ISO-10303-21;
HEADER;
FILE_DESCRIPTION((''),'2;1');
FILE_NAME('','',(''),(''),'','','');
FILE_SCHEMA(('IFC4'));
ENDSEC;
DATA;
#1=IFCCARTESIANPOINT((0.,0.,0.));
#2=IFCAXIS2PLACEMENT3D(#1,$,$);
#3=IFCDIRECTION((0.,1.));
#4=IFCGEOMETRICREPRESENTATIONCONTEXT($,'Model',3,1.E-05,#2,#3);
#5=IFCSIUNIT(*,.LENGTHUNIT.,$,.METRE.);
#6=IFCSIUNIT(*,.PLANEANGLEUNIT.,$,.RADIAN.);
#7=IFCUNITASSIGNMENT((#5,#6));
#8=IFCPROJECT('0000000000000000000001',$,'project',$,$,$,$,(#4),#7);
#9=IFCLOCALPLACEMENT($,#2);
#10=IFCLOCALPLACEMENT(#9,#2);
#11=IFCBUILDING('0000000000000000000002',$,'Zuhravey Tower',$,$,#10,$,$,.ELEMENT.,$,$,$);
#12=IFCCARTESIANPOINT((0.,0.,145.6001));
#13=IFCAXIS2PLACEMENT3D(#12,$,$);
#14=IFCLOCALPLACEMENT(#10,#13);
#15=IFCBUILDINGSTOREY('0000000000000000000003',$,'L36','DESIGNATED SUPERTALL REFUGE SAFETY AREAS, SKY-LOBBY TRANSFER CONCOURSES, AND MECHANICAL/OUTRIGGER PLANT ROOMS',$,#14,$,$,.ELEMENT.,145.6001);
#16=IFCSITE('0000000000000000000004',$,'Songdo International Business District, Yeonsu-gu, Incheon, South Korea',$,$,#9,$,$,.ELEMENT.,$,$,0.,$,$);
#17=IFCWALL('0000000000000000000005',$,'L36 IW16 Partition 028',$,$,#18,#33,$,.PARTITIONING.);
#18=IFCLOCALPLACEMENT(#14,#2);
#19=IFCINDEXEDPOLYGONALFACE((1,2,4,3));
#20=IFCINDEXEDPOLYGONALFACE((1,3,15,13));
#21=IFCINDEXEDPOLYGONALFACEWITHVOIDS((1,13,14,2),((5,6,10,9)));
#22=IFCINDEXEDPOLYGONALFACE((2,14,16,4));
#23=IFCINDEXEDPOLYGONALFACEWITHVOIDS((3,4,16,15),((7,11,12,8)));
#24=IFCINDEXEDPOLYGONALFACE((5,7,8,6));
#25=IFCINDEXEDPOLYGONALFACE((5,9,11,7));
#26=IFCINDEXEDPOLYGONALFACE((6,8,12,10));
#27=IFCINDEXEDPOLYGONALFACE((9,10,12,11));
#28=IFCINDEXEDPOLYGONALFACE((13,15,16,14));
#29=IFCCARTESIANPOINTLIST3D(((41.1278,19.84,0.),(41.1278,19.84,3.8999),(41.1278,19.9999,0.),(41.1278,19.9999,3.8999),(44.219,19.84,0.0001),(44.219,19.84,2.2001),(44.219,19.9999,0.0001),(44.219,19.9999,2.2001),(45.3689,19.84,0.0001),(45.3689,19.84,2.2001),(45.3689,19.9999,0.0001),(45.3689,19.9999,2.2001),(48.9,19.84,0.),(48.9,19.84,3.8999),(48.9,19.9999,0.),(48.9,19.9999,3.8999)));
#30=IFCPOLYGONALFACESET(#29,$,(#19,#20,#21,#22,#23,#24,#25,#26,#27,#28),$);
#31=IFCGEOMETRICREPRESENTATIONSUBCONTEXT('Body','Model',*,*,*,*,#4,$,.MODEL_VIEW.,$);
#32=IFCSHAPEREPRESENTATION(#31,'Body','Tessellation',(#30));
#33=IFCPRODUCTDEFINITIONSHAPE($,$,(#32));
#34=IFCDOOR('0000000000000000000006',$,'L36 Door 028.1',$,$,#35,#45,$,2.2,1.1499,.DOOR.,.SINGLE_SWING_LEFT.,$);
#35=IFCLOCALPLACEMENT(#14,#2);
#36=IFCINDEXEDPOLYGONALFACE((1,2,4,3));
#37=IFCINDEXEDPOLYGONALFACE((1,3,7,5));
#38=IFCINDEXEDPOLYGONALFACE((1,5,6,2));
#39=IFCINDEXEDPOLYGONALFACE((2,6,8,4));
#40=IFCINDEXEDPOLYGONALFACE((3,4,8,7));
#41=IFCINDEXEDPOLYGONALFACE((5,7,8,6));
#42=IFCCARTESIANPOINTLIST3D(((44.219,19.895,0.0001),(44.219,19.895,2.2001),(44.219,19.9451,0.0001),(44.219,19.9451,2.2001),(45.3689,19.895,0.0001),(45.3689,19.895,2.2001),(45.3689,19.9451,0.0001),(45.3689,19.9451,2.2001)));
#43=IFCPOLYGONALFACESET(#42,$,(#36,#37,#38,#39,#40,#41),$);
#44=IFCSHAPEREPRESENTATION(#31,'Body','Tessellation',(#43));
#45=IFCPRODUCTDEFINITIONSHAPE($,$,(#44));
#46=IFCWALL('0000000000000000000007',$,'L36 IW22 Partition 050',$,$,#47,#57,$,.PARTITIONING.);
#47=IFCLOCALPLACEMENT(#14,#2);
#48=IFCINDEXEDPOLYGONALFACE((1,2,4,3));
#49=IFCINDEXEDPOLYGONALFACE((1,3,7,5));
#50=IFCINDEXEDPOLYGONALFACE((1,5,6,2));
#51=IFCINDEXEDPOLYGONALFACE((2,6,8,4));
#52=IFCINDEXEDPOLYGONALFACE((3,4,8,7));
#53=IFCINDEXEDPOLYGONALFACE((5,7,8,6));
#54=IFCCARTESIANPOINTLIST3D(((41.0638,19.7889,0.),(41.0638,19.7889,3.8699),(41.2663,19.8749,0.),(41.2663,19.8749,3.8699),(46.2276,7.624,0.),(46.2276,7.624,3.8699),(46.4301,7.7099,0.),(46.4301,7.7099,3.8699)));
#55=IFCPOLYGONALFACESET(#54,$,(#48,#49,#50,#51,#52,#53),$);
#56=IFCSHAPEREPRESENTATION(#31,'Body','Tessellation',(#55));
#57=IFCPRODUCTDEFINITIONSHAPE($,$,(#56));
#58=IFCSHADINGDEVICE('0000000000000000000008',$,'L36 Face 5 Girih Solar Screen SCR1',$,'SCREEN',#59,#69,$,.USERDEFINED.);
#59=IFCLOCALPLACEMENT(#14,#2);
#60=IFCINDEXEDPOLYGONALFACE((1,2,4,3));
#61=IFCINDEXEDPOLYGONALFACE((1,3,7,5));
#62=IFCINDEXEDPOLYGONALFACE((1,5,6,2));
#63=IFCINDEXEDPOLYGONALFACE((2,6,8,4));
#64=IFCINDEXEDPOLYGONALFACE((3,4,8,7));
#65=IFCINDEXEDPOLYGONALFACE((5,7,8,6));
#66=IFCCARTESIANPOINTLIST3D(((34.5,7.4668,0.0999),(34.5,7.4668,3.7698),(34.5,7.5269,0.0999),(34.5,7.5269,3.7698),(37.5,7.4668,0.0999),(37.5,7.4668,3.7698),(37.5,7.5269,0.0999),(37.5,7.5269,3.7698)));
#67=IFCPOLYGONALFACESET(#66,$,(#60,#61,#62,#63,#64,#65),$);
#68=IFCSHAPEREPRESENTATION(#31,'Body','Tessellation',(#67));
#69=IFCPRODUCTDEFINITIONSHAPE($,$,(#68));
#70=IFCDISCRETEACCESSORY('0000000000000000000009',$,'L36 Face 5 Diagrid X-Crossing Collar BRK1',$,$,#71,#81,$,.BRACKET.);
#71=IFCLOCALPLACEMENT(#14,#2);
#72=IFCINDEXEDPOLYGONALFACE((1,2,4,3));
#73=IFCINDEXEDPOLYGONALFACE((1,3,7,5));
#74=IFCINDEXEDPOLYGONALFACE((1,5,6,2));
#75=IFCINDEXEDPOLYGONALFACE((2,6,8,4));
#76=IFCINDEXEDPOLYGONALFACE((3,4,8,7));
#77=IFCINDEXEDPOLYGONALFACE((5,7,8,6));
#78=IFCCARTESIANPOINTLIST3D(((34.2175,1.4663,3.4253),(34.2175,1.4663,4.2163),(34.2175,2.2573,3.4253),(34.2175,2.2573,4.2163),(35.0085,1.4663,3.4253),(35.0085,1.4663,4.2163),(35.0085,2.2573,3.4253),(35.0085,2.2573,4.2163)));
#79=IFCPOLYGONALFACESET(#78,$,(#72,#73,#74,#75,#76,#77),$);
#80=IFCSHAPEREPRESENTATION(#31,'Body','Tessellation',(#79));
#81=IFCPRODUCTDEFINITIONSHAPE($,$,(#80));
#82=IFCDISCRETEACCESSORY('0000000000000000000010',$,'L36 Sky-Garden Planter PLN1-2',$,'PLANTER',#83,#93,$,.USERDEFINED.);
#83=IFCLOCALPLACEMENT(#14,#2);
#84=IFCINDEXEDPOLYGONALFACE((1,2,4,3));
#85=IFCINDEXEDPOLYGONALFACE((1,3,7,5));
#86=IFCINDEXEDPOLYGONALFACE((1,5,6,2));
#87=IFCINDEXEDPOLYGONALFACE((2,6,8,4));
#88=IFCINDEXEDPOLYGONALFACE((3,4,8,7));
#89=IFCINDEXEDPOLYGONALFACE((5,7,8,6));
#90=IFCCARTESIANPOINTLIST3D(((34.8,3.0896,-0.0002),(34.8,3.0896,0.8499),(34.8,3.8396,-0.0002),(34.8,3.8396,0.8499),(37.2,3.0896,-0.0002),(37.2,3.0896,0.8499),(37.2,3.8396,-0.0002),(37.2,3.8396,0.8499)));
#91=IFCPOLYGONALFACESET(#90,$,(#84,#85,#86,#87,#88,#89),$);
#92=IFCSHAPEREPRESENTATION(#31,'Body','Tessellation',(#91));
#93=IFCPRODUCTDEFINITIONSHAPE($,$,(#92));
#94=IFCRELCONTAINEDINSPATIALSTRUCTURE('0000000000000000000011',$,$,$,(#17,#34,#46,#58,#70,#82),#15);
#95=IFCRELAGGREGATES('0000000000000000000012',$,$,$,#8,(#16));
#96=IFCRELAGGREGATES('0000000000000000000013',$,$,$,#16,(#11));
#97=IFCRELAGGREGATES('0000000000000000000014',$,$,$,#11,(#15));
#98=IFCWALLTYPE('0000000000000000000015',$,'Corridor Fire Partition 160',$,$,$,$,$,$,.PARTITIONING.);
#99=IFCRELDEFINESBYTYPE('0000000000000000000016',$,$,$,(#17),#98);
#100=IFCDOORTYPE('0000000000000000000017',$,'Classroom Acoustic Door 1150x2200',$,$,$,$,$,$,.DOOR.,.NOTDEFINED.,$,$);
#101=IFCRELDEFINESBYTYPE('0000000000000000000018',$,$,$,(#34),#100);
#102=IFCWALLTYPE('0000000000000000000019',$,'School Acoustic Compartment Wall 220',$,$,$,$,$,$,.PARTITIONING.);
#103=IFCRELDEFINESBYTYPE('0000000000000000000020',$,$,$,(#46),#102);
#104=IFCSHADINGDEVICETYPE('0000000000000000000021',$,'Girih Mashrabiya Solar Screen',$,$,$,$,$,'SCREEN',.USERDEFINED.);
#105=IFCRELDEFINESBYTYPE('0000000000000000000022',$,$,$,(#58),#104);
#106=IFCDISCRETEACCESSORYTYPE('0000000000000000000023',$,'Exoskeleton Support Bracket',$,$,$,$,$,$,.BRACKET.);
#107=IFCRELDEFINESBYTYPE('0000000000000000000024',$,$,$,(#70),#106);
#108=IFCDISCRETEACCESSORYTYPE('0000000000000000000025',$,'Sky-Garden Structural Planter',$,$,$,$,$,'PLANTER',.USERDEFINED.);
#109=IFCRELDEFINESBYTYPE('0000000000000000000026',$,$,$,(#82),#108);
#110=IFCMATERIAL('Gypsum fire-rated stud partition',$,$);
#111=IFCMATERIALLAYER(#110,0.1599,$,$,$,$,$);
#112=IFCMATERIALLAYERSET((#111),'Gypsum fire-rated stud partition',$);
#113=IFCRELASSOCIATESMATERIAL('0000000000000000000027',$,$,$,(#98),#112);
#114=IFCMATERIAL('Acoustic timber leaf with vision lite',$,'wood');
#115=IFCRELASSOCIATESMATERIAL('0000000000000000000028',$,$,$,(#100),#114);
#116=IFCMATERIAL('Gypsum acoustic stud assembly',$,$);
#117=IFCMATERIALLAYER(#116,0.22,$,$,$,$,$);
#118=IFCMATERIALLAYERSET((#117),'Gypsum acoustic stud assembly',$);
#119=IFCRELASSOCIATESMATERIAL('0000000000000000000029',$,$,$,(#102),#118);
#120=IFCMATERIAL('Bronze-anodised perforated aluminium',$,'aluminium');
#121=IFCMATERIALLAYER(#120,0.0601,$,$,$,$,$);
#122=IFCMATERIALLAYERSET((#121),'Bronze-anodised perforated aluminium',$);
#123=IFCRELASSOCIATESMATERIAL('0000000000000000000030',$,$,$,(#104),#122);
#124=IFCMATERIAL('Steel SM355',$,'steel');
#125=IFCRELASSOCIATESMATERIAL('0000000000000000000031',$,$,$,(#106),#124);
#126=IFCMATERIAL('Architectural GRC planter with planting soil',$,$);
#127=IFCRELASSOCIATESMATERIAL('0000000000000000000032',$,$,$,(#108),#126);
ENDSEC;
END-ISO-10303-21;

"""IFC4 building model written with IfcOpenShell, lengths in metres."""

from ifc_helpers import new_model, si_unit, direction, frame, frame_2d, origin, origin_2d, place, context, subcontext, project, spatial, rectangle, extrude, material, layer, layer_set, type_object, element, fill, save


model = new_model("IFC4")

# Units and contexts
model_context = context("Model", 3, precision=1e-05, world=origin(), true_north=direction((0.0, 1.0)))
body_context = subcontext(model_context, "Body", "Model", "MODEL_VIEW")
ifc_project = project(units=[si_unit("LENGTHUNIT", "METRE"), si_unit("PLANEANGLEUNIT", "RADIAN")], contexts=[model_context])

# Site, building, storey
site_placement = place(None, origin())
site = spatial("IfcSite", under=ifc_project, at=site_placement, Name="Songdo International Business District, Yeonsu-gu, Incheon, South Korea", CompositionType="ELEMENT", RefElevation=0.0)
building_placement = place(site_placement, origin())
building = spatial("IfcBuilding", under=site, at=building_placement, Name="Zuhravey Tower", CompositionType="ELEMENT")
storey_placement = place(building_placement, frame((0.0, 0.0, 145.6001)))
storey = spatial("IfcBuildingStorey", under=building, at=storey_placement, Name="L36", Description="DESIGNATED SUPERTALL REFUGE SAFETY AREAS, SKY-LOBBY TRANSFER CONCOURSES, AND MECHANICAL/OUTRIGGER PLANT ROOMS", CompositionType="ELEMENT", Elevation=145.6001)

# Shared definitions
ifc_material_1 = material(Name="Steel SM355", Category="steel")

# Wall, opening, door
ifc_material_2 = material(Name="Gypsum fire-rated stud partition")
ifc_layer_1 = layer(ifc_material_2, 0.1599)
ifc_layer_set_1 = layer_set([ifc_layer_1], Name="Gypsum fire-rated stud partition")
wall_type_1 = type_object("IfcWallType", Name="Corridor Fire Partition 160", PredefinedType="PARTITIONING", material=ifc_layer_set_1)
wall_1_placement = place(storey_placement, frame((41.1277, 19.9199, 0.0), z_axis=(0.0, 0.0, 1.0), x_axis=(1.0, 0.0, 0.0)))
wall_1 = element("IfcWall", 1, at=wall_1_placement, inside=storey, type_object=wall_type_1, Name="L36 IW16 Partition 028", PredefinedType="PARTITIONING", context=body_context, shape_type="SweptSolid", body=[
    extrude(rectangle(XDim=7.7722, YDim=0.1599, at=frame_2d((3.8862, 0.0))), origin(), (0.0, 0.0, 1.0), 3.8999),
])
opening_1_placement = place(wall_1_placement, frame((3.0913, 0.0, 0.0)))
opening_1 = element("IfcOpeningElement", 2, at=opening_1_placement, cuts=wall_1, PredefinedType="OPENING", context=body_context, shape_type="SweptSolid", body=[
    extrude(rectangle(XDim=1.1499, YDim=2.2, at=frame_2d((0.575, 1.1001))), frame((0.0, 0.092, 0.0), z_axis=(0.0, -1.0, 0.0), x_axis=(1.0, 0.0, 0.0)), (0.0, 0.0, 1.0), 0.1838),
])
ifc_material_3 = material(Name="Acoustic timber leaf with vision lite", Category="wood")
door_type_1 = type_object("IfcDoorType", Name="Classroom Acoustic Door 1150x2200", OperationType="NOTDEFINED", PredefinedType="DOOR", material=ifc_material_3)
door_1_placement = place(opening_1_placement, frame((1.1499, 0.0, 0.0), z_axis=(0.0, 0.0, 1.0), x_axis=(-1.0, 0.0, 0.0)))
door_1 = element("IfcDoor", 3, at=door_1_placement, inside=storey, type_object=door_type_1, Name="L36 Door 028.1", OperationType="SINGLE_SWING_LEFT", OverallHeight=2.2, OverallWidth=1.1499, PredefinedType="DOOR", context=body_context, shape_type="SweptSolid", body=[
    extrude(rectangle(XDim=1.1499, YDim=2.2, at=frame_2d((0.575, 1.1001))), frame((0.0, 0.0249, 0.0), z_axis=(0.0, -1.0, 0.0), x_axis=(1.0, 0.0, 0.0)), (0.0, 0.0, 1.0), 0.05),
])
fill(opening_1, door_1)

# Wall
ifc_material_4 = material(Name="Gypsum acoustic stud assembly")
ifc_layer_2 = layer(ifc_material_4, 0.22)
ifc_layer_set_2 = layer_set([ifc_layer_2], Name="Gypsum acoustic stud assembly")
wall_type_2 = type_object("IfcWallType", Name="School Acoustic Compartment Wall 220", PredefinedType="PARTITIONING", material=ifc_layer_set_2)
wall_2_placement = place(storey_placement, frame((41.165, 19.832, 0.0), z_axis=(0.0, 0.0, 1.0), x_axis=(0.390735, -0.920503, 0.0)))
element("IfcWall", 4, at=wall_2_placement, inside=storey, type_object=wall_type_2, Name="L36 IW22 Partition 050", PredefinedType="PARTITIONING", context=body_context, shape_type="SweptSolid", body=[
    extrude(rectangle(XDim=13.2156, YDim=0.22, at=frame_2d((6.6079, 0.0))), origin(), (0.0, 0.0, 1.0), 3.8699),
])

# Shading device
ifc_material_5 = material(Name="Bronze-anodised perforated aluminium", Category="aluminium")
ifc_layer_3 = layer(ifc_material_5, 0.0601)
ifc_layer_set_3 = layer_set([ifc_layer_3], Name="Bronze-anodised perforated aluminium")
shading_device_type = type_object("IfcShadingDeviceType", Name="Girih Mashrabiya Solar Screen", ElementType="SCREEN", PredefinedType="USERDEFINED", material=ifc_layer_set_3)
shading_device_placement = place(storey_placement, frame((36.0, 7.4968, 0.0999), z_axis=(0.0, 0.0, 1.0), x_axis=(-1.0, 0.0, 0.0)))
element("IfcShadingDevice", 5, at=shading_device_placement, inside=storey, type_object=shading_device_type, Name="L36 Face 5 Girih Solar Screen SCR1", ObjectType="SCREEN", PredefinedType="USERDEFINED", context=body_context, shape_type="SweptSolid", body=[
    extrude(rectangle(XDim=3.0, YDim=0.0601, at=origin_2d()), origin(), (0.0, 0.0, 1.0), 3.6699),
])

# Discrete accessories
discrete_accessory_type_1 = type_object("IfcDiscreteAccessoryType", Name="Exoskeleton Support Bracket", PredefinedType="BRACKET", material=ifc_material_1)
discrete_accessory_1_placement = place(storey_placement, frame((34.613, 1.8618, 3.4253), z_axis=(0.0, 0.0, 1.0), x_axis=(1.0, 0.0, 0.0)))
element("IfcDiscreteAccessory", 6, at=discrete_accessory_1_placement, inside=storey, type_object=discrete_accessory_type_1, Name="L36 Face 5 Diagrid X-Crossing Collar BRK1", PredefinedType="BRACKET", context=body_context, shape_type="SweptSolid", body=[
    extrude(rectangle(XDim=0.791, YDim=0.791, at=origin_2d()), origin(), (0.0, 0.0, 1.0), 0.791),
])
ifc_material_6 = material(Name="Architectural GRC planter with planting soil")
discrete_accessory_type_2 = type_object("IfcDiscreteAccessoryType", Name="Sky-Garden Structural Planter", ElementType="PLANTER", PredefinedType="USERDEFINED", material=ifc_material_6)
discrete_accessory_2_placement = place(storey_placement, frame((36.0, 3.4646, -0.0002), z_axis=(0.0, 0.0, 1.0), x_axis=(1.0, 0.0, 0.0)))
element("IfcDiscreteAccessory", 7, at=discrete_accessory_2_placement, inside=storey, type_object=discrete_accessory_type_2, Name="L36 Sky-Garden Planter PLN1-2", ObjectType="PLANTER", PredefinedType="USERDEFINED", context=body_context, shape_type="SweptSolid", body=[
    extrude(rectangle(XDim=2.3999, YDim=0.75, at=origin_2d()), origin(), (0.0, 0.0, 1.0), 0.8501),
])

save(model, "model.ifc")
